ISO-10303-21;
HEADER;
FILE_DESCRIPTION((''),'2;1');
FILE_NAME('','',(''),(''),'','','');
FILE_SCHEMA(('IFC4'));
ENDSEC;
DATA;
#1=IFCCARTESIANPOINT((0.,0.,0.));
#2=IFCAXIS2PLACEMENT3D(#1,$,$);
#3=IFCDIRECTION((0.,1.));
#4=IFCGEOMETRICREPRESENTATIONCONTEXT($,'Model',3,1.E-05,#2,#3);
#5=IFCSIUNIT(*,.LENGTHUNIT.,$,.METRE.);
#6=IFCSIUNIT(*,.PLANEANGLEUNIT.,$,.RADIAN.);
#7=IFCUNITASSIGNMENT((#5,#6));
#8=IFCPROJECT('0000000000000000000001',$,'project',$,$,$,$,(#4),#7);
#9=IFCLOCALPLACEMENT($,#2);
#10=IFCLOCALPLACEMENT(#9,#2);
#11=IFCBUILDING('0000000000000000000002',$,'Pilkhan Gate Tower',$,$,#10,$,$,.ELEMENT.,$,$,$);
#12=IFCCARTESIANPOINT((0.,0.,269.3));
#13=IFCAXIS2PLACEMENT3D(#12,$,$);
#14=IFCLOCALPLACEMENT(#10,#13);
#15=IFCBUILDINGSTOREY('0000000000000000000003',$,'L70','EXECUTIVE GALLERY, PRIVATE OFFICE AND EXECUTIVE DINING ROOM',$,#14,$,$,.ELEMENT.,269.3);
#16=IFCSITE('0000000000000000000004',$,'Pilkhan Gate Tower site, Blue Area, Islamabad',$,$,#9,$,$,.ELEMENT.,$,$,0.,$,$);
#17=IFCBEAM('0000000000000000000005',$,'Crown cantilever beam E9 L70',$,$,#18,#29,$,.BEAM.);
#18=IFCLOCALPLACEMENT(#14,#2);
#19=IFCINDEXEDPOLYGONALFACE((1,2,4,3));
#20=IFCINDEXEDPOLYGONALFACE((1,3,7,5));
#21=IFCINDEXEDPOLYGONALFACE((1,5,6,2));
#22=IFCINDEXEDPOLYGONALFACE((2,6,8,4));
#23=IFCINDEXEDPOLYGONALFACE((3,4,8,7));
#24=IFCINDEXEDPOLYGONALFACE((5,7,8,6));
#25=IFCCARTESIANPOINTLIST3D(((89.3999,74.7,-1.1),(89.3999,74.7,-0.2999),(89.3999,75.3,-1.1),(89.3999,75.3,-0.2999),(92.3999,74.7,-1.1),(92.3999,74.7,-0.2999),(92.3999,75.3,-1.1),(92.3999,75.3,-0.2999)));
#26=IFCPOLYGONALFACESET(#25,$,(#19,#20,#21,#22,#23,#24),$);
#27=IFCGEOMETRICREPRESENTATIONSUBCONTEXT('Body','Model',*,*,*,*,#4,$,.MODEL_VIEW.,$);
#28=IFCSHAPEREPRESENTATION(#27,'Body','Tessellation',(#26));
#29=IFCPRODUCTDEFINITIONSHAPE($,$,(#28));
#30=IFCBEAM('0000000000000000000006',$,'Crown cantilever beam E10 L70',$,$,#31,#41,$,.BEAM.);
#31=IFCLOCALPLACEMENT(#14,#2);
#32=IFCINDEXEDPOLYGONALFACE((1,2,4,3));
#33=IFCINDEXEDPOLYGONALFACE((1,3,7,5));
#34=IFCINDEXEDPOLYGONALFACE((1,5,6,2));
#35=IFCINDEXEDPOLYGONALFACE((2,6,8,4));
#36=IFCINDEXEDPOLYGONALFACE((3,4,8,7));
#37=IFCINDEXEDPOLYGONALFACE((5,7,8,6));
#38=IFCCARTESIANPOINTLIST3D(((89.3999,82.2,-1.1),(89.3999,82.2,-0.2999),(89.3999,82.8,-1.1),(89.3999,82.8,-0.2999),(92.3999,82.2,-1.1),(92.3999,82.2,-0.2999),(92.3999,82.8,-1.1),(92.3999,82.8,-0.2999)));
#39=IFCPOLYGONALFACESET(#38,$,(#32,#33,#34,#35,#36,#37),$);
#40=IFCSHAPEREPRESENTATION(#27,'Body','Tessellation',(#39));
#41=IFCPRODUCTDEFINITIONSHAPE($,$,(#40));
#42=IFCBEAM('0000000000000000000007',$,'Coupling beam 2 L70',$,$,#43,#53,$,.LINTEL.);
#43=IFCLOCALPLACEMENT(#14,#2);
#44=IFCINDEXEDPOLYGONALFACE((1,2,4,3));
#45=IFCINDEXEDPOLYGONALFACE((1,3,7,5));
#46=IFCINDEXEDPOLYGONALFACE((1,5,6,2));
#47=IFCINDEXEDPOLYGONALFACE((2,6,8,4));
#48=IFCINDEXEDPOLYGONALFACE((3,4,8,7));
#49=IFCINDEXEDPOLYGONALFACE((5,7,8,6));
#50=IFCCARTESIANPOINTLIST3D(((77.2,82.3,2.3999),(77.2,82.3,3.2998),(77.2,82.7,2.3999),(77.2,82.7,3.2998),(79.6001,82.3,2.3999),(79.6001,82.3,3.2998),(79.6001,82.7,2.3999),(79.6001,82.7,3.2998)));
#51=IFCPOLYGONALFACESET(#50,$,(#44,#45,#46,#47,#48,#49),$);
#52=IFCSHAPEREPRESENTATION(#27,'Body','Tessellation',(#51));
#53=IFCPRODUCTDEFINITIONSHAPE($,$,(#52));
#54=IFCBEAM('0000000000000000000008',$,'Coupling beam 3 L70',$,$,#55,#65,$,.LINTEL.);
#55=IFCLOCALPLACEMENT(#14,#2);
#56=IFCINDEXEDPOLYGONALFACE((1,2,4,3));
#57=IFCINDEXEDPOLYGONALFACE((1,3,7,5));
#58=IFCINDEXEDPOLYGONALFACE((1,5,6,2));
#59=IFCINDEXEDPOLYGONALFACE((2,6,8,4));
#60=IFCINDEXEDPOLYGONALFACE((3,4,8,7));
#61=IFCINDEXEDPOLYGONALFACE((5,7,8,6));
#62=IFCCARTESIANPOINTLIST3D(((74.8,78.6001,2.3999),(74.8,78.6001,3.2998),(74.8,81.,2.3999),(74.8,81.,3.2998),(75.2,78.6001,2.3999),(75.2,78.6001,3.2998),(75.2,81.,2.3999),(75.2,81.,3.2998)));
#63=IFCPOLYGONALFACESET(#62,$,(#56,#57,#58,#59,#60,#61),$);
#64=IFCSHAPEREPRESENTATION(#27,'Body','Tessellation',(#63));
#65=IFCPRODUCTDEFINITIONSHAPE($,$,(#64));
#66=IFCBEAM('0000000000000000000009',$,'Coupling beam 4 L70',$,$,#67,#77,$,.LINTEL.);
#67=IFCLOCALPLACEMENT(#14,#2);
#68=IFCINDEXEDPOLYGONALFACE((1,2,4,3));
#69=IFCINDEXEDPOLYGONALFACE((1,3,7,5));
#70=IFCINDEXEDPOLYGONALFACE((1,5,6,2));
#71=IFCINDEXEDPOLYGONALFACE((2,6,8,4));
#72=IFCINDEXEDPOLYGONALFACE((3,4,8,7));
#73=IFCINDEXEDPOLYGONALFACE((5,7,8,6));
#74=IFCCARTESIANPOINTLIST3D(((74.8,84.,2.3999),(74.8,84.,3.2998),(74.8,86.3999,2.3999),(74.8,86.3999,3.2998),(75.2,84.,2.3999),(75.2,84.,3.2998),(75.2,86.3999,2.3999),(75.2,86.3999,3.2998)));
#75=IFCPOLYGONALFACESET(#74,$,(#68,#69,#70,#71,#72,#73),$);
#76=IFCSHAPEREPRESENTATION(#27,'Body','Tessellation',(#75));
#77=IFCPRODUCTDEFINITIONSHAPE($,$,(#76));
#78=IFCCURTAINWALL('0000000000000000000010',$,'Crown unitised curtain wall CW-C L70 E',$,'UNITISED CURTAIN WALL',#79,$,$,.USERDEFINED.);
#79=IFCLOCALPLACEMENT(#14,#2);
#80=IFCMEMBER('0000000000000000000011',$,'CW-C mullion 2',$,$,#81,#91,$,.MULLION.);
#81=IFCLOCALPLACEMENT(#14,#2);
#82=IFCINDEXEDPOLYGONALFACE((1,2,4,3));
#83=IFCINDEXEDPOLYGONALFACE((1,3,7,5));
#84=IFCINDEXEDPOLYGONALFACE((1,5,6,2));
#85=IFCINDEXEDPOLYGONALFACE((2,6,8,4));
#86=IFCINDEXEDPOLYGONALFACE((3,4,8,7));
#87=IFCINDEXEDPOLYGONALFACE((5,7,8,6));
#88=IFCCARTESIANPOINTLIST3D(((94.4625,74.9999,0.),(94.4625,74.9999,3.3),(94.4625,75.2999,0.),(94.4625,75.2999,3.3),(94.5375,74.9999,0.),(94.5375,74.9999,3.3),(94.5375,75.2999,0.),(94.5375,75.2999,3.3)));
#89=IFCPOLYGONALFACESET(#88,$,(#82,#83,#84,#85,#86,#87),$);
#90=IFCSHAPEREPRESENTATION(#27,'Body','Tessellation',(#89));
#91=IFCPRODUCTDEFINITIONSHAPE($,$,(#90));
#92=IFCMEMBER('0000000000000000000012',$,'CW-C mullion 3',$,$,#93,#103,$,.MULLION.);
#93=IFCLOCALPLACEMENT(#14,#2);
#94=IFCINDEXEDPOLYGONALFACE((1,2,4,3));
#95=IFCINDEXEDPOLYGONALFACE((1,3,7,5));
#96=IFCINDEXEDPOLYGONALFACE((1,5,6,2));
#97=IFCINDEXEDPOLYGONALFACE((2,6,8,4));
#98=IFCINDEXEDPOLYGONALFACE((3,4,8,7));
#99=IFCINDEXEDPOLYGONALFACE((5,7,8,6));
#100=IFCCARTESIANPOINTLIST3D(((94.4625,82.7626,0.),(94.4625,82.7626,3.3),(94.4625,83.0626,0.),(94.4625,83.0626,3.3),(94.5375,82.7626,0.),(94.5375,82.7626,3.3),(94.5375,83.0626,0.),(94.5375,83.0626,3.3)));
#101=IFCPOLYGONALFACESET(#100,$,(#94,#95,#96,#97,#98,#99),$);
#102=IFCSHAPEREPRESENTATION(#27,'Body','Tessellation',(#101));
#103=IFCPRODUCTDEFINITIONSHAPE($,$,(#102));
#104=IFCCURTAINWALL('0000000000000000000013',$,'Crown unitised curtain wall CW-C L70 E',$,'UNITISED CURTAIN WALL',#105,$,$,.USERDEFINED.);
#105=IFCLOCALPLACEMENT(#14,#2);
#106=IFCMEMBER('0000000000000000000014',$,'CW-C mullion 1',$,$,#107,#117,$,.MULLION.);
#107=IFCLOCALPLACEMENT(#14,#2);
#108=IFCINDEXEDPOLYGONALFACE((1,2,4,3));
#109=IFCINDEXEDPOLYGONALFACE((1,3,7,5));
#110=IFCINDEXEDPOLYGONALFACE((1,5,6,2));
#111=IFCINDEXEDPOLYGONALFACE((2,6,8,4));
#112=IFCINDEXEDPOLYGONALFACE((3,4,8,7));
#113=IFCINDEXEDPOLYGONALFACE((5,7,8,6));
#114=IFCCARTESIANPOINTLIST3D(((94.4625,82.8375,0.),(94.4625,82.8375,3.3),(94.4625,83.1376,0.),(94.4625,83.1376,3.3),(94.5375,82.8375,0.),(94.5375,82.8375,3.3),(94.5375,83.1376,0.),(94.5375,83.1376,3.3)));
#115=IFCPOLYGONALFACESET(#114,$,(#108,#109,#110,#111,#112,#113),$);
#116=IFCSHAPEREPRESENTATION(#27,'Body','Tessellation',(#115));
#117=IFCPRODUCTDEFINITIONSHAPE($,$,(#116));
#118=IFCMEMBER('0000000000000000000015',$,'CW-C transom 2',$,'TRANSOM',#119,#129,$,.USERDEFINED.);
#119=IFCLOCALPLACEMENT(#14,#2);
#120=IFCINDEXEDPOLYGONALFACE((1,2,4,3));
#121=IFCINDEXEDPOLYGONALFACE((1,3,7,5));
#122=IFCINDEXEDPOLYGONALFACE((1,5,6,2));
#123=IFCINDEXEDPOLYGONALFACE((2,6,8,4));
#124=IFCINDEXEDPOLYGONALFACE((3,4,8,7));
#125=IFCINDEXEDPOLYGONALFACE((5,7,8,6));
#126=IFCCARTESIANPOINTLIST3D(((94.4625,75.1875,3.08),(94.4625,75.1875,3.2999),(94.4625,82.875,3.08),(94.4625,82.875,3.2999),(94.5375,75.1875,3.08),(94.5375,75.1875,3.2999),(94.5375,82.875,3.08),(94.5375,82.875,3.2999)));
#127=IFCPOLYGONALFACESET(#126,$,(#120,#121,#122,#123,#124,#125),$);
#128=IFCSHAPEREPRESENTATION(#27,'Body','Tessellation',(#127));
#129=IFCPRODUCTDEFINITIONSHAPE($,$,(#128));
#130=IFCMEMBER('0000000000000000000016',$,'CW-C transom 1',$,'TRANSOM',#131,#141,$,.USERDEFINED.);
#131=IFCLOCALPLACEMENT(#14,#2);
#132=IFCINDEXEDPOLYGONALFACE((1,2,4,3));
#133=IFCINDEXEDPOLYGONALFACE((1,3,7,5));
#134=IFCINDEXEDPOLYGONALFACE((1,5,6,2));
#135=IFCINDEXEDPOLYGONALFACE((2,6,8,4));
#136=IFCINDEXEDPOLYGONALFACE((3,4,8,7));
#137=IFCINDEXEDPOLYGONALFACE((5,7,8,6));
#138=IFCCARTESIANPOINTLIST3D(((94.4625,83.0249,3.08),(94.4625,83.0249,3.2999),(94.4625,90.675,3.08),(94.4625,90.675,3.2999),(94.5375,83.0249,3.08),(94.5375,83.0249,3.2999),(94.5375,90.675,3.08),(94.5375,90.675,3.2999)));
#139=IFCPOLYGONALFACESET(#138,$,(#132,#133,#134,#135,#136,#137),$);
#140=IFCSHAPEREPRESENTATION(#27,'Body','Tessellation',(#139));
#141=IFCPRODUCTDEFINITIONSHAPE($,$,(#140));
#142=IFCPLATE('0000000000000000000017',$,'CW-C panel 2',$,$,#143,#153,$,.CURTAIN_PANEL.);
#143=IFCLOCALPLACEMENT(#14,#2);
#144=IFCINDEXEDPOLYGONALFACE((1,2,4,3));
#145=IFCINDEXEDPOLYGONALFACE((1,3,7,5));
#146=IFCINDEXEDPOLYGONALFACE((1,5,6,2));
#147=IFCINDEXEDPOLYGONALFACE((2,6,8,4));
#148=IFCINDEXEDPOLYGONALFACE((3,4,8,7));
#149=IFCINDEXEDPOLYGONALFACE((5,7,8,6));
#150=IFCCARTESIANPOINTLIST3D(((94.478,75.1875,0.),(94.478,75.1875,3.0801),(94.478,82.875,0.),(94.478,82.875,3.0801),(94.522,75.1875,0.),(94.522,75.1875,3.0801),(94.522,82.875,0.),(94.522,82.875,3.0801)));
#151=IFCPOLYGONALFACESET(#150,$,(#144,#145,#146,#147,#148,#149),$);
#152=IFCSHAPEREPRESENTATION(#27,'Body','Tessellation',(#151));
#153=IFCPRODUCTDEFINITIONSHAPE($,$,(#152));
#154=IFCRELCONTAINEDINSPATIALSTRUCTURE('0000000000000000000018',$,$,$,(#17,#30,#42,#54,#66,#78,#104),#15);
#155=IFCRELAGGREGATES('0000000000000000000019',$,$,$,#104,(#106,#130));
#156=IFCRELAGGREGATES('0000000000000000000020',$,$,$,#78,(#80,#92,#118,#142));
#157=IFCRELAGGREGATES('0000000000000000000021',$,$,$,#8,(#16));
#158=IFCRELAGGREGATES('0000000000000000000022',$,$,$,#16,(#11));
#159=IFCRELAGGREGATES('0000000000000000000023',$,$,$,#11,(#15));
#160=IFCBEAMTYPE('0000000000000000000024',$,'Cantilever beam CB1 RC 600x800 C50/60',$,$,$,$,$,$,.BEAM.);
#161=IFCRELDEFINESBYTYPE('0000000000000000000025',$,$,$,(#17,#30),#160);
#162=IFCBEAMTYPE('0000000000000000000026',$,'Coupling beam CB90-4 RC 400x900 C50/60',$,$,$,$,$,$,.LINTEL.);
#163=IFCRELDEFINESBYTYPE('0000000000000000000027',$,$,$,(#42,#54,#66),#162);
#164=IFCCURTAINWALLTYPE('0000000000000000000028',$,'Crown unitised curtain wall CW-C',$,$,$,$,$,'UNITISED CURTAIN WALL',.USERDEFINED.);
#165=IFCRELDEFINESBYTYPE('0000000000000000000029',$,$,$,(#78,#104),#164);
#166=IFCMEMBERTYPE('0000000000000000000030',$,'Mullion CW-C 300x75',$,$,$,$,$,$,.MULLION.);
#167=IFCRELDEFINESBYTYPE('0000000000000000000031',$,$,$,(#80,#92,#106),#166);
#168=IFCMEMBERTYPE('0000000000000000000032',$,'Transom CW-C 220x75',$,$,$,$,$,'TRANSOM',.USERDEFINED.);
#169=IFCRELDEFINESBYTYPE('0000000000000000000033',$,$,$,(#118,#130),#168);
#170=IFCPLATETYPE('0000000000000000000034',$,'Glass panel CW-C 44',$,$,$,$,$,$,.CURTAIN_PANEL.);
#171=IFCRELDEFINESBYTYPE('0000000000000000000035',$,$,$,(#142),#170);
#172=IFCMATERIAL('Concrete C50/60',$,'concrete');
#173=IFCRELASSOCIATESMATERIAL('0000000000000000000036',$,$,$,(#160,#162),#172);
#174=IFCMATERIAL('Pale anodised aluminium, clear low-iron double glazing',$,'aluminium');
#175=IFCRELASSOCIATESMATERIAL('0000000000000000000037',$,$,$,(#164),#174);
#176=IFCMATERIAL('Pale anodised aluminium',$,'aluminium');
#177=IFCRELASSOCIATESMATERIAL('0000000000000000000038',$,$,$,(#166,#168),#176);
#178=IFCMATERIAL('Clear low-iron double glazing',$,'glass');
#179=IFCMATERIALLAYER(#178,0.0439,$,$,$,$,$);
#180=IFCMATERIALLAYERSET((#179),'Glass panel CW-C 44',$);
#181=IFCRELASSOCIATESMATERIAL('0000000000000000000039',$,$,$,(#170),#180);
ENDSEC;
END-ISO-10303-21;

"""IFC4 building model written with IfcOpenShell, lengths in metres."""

from ifc_helpers import new_model, si_unit, direction, frame, origin, origin_2d, place, context, subcontext, project, spatial, rectangle, extrude, material, layer, layer_set, material_profile, profile_set, type_object, element, aggregate, save


model = new_model("IFC4")

# Units and contexts
model_context = context("Model", 3, precision=1e-05, world=origin(), true_north=direction((0.0, 1.0)))
body_context = subcontext(model_context, "Body", "Model", "MODEL_VIEW")
ifc_project = project(units=[si_unit("LENGTHUNIT", "METRE"), si_unit("PLANEANGLEUNIT", "RADIAN")], contexts=[model_context])

# Site, building, storey
site_placement = place(None, origin())
site = spatial("IfcSite", under=ifc_project, at=site_placement, Name="Pilkhan Gate Tower site, Blue Area, Islamabad", CompositionType="ELEMENT", RefElevation=0.0)
building_placement = place(site_placement, origin())
building = spatial("IfcBuilding", under=site, at=building_placement, Name="Pilkhan Gate Tower", CompositionType="ELEMENT")
storey_placement = place(building_placement, frame((0.0, 0.0, 269.3)))
storey = spatial("IfcBuildingStorey", under=building, at=storey_placement, Name="L70", Description="EXECUTIVE GALLERY, PRIVATE OFFICE AND EXECUTIVE DINING ROOM", CompositionType="ELEMENT", Elevation=269.3)

# Beams
ifc_material_1 = material(Name="Concrete C50/60", Category="concrete")
ifc_material_profile_1 = material_profile(ifc_material_1, rectangle(XDim=0.6001, YDim=0.8, at=origin_2d()), Name="RC 600x800")
ifc_profile_set_1 = profile_set([ifc_material_profile_1], Name="Concrete C50/60")
beam_type_1 = type_object("IfcBeamType", Name="Cantilever beam CB1 RC 600x800 C50/60", PredefinedType="BEAM", material=ifc_profile_set_1)
for number, where, z_axis, x_axis, name in (
    (1, (89.3999, 75.0, -0.7), (1.0, 0.0, 0.0), (0.0, 1.0, 0.0), "Crown cantilever beam E9 L70"),
    (2, (89.3999, 82.5, -0.7), (1.0, 0.0, 0.0), (0.0, 1.0, 0.0), "Crown cantilever beam E10 L70"),
):
    element("IfcBeam", number, at=place(storey_placement, frame(where, z_axis=z_axis, x_axis=x_axis)), inside=storey, type_object=beam_type_1, Name=name, PredefinedType="BEAM", context=body_context, shape_type="SweptSolid", body=[
        extrude(rectangle(XDim=0.6001, YDim=0.8, at=origin_2d()), origin(), (0.0, 0.0, 1.0), 3.0),
    ])
ifc_material_profile_2 = material_profile(ifc_material_1, rectangle(XDim=0.3999, YDim=0.8999, at=origin_2d()), Name="RC 400x900")
ifc_profile_set_2 = profile_set([ifc_material_profile_2], Name="Concrete C50/60")
beam_type_2 = type_object("IfcBeamType", Name="Coupling beam CB90-4 RC 400x900 C50/60", PredefinedType="LINTEL", material=ifc_profile_set_2)
beam_placement = place(storey_placement, frame((77.2, 82.5, 2.8499), z_axis=(1.0, 0.0, 0.0), x_axis=(0.0, 1.0, 0.0)))
element("IfcBeam", 3, at=beam_placement, inside=storey, type_object=beam_type_2, Name="Coupling beam 2 L70", PredefinedType="LINTEL", context=body_context, shape_type="SweptSolid", body=[
    extrude(rectangle(XDim=0.3999, YDim=0.8999, at=origin_2d()), origin(), (0.0, 0.0, 1.0), 2.4001),
])
for number, where, z_axis, x_axis, name in (
    (4, (75.0, 78.6001, 2.8499), (0.0, 1.0, 0.0), (-1.0, 0.0, 0.0), "Coupling beam 3 L70"),
    (5, (75.0, 84.0, 2.8499), (0.0, 1.0, 0.0), (-1.0, 0.0, 0.0), "Coupling beam 4 L70"),
):
    element("IfcBeam", number, at=place(storey_placement, frame(where, z_axis=z_axis, x_axis=x_axis)), inside=storey, type_object=beam_type_2, Name=name, PredefinedType="LINTEL", context=body_context, shape_type="SweptSolid", body=[
        extrude(rectangle(XDim=0.3999, YDim=0.8999, at=origin_2d()), origin(), (0.0, 0.0, 1.0), 2.3999),
    ])

# Curtain wall, members
ifc_material_2 = material(Name="Pale anodised aluminium, clear low-iron double glazing", Category="aluminium")
curtain_wall_type = type_object("IfcCurtainWallType", Name="Crown unitised curtain wall CW-C", ElementType="UNITISED CURTAIN WALL", PredefinedType="USERDEFINED", material=ifc_material_2)
curtain_wall_1_placement = place(storey_placement, origin())
curtain_wall_1 = element("IfcCurtainWall", 6, at=curtain_wall_1_placement, inside=storey, type_object=curtain_wall_type, Name="Crown unitised curtain wall CW-C L70 E", ObjectType="UNITISED CURTAIN WALL", PredefinedType="USERDEFINED")
ifc_material_3 = material(Name="Pale anodised aluminium", Category="aluminium")
ifc_material_profile_3 = material_profile(ifc_material_3, rectangle(XDim=0.075, YDim=0.3, at=origin_2d()), Name="Mullion 300x75")
ifc_profile_set_3 = profile_set([ifc_material_profile_3], Name="Pale anodised aluminium")
member_type_1 = type_object("IfcMemberType", Name="Mullion CW-C 300x75", PredefinedType="MULLION", material=ifc_profile_set_3)
member_1_placement = place(storey_placement, frame((94.5, 75.1499, 0.0), z_axis=(0.0, 0.0, 1.0), x_axis=(-1.0, 0.0, 0.0)))
member_1 = element("IfcMember", 7, at=member_1_placement, type_object=member_type_1, Name="CW-C mullion 2", PredefinedType="MULLION", context=body_context, shape_type="SweptSolid", body=[
    extrude(rectangle(XDim=0.075, YDim=0.3, at=origin_2d()), origin(), (0.0, 0.0, 1.0), 3.3),
])
member_2_placement = place(storey_placement, frame((94.5, 82.9126, 0.0), z_axis=(0.0, 0.0, 1.0), x_axis=(-1.0, 0.0, 0.0)))
member_2 = element("IfcMember", 8, at=member_2_placement, type_object=member_type_1, Name="CW-C mullion 3", PredefinedType="MULLION", context=body_context, shape_type="SweptSolid", body=[
    extrude(rectangle(XDim=0.075, YDim=0.3, at=origin_2d()), origin(), (0.0, 0.0, 1.0), 3.3),
])

# Curtain wall, member
curtain_wall_2_placement = place(storey_placement, origin())
curtain_wall_2 = element("IfcCurtainWall", 9, at=curtain_wall_2_placement, inside=storey, type_object=curtain_wall_type, Name="Crown unitised curtain wall CW-C L70 E", ObjectType="UNITISED CURTAIN WALL", PredefinedType="USERDEFINED")
member_3_placement = place(storey_placement, frame((94.5, 82.9875, 0.0), z_axis=(0.0, 0.0, 1.0), x_axis=(-1.0, 0.0, 0.0)))
member_3 = element("IfcMember", 10, at=member_3_placement, type_object=member_type_1, Name="CW-C mullion 1", PredefinedType="MULLION", context=body_context, shape_type="SweptSolid", body=[
    extrude(rectangle(XDim=0.075, YDim=0.3, at=origin_2d()), origin(), (0.0, 0.0, 1.0), 3.3),
])

# Members
ifc_material_profile_4 = material_profile(ifc_material_3, rectangle(XDim=0.075, YDim=0.22, at=origin_2d()), Name="Transom 220x75")
ifc_profile_set_4 = profile_set([ifc_material_profile_4], Name="Pale anodised aluminium")
member_type_2 = type_object("IfcMemberType", Name="Transom CW-C 220x75", ElementType="TRANSOM", PredefinedType="USERDEFINED", material=ifc_profile_set_4)
member_4_placement = place(storey_placement, frame((94.5, 75.1875, 3.1899), z_axis=(0.0, 1.0, 0.0), x_axis=(-1.0, 0.0, 0.0)))
member_4 = element("IfcMember", 11, at=member_4_placement, type_object=member_type_2, Name="CW-C transom 2", ObjectType="TRANSOM", PredefinedType="USERDEFINED", context=body_context, shape_type="SweptSolid", body=[
    extrude(rectangle(XDim=0.075, YDim=0.22, at=origin_2d()), origin(), (0.0, 0.0, 1.0), 7.6875),
])
member_5_placement = place(storey_placement, frame((94.5, 83.0249, 3.1899), z_axis=(0.0, 1.0, 0.0), x_axis=(-1.0, 0.0, 0.0)))
member_5 = element("IfcMember", 12, at=member_5_placement, type_object=member_type_2, Name="CW-C transom 1", ObjectType="TRANSOM", PredefinedType="USERDEFINED", context=body_context, shape_type="SweptSolid", body=[
    extrude(rectangle(XDim=0.075, YDim=0.22, at=origin_2d()), origin(), (0.0, 0.0, 1.0), 7.6501),
])
aggregate(curtain_wall_2, [member_3, member_5])

# Plate
ifc_material_4 = material(Name="Clear low-iron double glazing", Category="glass")
ifc_layer_1 = layer(ifc_material_4, 0.0439)
ifc_layer_set_1 = layer_set([ifc_layer_1], Name="Glass panel CW-C 44")
plate_type = type_object("IfcPlateType", Name="Glass panel CW-C 44", PredefinedType="CURTAIN_PANEL", material=ifc_layer_set_1)
plate_placement = place(storey_placement, frame((94.5, 79.0312, 0.0), z_axis=(0.0, 0.0, 1.0), x_axis=(0.0, 1.0, 0.0)))
plate = element("IfcPlate", 13, at=plate_placement, type_object=plate_type, Name="CW-C panel 2", PredefinedType="CURTAIN_PANEL", context=body_context, shape_type="SweptSolid", body=[
    extrude(rectangle(XDim=7.6875, YDim=0.0439, at=origin_2d()), origin(), (0.0, 0.0, 1.0), 3.0801),
])
aggregate(curtain_wall_1, [member_1, member_2, member_4, plate])

save(model, "model.ifc")
